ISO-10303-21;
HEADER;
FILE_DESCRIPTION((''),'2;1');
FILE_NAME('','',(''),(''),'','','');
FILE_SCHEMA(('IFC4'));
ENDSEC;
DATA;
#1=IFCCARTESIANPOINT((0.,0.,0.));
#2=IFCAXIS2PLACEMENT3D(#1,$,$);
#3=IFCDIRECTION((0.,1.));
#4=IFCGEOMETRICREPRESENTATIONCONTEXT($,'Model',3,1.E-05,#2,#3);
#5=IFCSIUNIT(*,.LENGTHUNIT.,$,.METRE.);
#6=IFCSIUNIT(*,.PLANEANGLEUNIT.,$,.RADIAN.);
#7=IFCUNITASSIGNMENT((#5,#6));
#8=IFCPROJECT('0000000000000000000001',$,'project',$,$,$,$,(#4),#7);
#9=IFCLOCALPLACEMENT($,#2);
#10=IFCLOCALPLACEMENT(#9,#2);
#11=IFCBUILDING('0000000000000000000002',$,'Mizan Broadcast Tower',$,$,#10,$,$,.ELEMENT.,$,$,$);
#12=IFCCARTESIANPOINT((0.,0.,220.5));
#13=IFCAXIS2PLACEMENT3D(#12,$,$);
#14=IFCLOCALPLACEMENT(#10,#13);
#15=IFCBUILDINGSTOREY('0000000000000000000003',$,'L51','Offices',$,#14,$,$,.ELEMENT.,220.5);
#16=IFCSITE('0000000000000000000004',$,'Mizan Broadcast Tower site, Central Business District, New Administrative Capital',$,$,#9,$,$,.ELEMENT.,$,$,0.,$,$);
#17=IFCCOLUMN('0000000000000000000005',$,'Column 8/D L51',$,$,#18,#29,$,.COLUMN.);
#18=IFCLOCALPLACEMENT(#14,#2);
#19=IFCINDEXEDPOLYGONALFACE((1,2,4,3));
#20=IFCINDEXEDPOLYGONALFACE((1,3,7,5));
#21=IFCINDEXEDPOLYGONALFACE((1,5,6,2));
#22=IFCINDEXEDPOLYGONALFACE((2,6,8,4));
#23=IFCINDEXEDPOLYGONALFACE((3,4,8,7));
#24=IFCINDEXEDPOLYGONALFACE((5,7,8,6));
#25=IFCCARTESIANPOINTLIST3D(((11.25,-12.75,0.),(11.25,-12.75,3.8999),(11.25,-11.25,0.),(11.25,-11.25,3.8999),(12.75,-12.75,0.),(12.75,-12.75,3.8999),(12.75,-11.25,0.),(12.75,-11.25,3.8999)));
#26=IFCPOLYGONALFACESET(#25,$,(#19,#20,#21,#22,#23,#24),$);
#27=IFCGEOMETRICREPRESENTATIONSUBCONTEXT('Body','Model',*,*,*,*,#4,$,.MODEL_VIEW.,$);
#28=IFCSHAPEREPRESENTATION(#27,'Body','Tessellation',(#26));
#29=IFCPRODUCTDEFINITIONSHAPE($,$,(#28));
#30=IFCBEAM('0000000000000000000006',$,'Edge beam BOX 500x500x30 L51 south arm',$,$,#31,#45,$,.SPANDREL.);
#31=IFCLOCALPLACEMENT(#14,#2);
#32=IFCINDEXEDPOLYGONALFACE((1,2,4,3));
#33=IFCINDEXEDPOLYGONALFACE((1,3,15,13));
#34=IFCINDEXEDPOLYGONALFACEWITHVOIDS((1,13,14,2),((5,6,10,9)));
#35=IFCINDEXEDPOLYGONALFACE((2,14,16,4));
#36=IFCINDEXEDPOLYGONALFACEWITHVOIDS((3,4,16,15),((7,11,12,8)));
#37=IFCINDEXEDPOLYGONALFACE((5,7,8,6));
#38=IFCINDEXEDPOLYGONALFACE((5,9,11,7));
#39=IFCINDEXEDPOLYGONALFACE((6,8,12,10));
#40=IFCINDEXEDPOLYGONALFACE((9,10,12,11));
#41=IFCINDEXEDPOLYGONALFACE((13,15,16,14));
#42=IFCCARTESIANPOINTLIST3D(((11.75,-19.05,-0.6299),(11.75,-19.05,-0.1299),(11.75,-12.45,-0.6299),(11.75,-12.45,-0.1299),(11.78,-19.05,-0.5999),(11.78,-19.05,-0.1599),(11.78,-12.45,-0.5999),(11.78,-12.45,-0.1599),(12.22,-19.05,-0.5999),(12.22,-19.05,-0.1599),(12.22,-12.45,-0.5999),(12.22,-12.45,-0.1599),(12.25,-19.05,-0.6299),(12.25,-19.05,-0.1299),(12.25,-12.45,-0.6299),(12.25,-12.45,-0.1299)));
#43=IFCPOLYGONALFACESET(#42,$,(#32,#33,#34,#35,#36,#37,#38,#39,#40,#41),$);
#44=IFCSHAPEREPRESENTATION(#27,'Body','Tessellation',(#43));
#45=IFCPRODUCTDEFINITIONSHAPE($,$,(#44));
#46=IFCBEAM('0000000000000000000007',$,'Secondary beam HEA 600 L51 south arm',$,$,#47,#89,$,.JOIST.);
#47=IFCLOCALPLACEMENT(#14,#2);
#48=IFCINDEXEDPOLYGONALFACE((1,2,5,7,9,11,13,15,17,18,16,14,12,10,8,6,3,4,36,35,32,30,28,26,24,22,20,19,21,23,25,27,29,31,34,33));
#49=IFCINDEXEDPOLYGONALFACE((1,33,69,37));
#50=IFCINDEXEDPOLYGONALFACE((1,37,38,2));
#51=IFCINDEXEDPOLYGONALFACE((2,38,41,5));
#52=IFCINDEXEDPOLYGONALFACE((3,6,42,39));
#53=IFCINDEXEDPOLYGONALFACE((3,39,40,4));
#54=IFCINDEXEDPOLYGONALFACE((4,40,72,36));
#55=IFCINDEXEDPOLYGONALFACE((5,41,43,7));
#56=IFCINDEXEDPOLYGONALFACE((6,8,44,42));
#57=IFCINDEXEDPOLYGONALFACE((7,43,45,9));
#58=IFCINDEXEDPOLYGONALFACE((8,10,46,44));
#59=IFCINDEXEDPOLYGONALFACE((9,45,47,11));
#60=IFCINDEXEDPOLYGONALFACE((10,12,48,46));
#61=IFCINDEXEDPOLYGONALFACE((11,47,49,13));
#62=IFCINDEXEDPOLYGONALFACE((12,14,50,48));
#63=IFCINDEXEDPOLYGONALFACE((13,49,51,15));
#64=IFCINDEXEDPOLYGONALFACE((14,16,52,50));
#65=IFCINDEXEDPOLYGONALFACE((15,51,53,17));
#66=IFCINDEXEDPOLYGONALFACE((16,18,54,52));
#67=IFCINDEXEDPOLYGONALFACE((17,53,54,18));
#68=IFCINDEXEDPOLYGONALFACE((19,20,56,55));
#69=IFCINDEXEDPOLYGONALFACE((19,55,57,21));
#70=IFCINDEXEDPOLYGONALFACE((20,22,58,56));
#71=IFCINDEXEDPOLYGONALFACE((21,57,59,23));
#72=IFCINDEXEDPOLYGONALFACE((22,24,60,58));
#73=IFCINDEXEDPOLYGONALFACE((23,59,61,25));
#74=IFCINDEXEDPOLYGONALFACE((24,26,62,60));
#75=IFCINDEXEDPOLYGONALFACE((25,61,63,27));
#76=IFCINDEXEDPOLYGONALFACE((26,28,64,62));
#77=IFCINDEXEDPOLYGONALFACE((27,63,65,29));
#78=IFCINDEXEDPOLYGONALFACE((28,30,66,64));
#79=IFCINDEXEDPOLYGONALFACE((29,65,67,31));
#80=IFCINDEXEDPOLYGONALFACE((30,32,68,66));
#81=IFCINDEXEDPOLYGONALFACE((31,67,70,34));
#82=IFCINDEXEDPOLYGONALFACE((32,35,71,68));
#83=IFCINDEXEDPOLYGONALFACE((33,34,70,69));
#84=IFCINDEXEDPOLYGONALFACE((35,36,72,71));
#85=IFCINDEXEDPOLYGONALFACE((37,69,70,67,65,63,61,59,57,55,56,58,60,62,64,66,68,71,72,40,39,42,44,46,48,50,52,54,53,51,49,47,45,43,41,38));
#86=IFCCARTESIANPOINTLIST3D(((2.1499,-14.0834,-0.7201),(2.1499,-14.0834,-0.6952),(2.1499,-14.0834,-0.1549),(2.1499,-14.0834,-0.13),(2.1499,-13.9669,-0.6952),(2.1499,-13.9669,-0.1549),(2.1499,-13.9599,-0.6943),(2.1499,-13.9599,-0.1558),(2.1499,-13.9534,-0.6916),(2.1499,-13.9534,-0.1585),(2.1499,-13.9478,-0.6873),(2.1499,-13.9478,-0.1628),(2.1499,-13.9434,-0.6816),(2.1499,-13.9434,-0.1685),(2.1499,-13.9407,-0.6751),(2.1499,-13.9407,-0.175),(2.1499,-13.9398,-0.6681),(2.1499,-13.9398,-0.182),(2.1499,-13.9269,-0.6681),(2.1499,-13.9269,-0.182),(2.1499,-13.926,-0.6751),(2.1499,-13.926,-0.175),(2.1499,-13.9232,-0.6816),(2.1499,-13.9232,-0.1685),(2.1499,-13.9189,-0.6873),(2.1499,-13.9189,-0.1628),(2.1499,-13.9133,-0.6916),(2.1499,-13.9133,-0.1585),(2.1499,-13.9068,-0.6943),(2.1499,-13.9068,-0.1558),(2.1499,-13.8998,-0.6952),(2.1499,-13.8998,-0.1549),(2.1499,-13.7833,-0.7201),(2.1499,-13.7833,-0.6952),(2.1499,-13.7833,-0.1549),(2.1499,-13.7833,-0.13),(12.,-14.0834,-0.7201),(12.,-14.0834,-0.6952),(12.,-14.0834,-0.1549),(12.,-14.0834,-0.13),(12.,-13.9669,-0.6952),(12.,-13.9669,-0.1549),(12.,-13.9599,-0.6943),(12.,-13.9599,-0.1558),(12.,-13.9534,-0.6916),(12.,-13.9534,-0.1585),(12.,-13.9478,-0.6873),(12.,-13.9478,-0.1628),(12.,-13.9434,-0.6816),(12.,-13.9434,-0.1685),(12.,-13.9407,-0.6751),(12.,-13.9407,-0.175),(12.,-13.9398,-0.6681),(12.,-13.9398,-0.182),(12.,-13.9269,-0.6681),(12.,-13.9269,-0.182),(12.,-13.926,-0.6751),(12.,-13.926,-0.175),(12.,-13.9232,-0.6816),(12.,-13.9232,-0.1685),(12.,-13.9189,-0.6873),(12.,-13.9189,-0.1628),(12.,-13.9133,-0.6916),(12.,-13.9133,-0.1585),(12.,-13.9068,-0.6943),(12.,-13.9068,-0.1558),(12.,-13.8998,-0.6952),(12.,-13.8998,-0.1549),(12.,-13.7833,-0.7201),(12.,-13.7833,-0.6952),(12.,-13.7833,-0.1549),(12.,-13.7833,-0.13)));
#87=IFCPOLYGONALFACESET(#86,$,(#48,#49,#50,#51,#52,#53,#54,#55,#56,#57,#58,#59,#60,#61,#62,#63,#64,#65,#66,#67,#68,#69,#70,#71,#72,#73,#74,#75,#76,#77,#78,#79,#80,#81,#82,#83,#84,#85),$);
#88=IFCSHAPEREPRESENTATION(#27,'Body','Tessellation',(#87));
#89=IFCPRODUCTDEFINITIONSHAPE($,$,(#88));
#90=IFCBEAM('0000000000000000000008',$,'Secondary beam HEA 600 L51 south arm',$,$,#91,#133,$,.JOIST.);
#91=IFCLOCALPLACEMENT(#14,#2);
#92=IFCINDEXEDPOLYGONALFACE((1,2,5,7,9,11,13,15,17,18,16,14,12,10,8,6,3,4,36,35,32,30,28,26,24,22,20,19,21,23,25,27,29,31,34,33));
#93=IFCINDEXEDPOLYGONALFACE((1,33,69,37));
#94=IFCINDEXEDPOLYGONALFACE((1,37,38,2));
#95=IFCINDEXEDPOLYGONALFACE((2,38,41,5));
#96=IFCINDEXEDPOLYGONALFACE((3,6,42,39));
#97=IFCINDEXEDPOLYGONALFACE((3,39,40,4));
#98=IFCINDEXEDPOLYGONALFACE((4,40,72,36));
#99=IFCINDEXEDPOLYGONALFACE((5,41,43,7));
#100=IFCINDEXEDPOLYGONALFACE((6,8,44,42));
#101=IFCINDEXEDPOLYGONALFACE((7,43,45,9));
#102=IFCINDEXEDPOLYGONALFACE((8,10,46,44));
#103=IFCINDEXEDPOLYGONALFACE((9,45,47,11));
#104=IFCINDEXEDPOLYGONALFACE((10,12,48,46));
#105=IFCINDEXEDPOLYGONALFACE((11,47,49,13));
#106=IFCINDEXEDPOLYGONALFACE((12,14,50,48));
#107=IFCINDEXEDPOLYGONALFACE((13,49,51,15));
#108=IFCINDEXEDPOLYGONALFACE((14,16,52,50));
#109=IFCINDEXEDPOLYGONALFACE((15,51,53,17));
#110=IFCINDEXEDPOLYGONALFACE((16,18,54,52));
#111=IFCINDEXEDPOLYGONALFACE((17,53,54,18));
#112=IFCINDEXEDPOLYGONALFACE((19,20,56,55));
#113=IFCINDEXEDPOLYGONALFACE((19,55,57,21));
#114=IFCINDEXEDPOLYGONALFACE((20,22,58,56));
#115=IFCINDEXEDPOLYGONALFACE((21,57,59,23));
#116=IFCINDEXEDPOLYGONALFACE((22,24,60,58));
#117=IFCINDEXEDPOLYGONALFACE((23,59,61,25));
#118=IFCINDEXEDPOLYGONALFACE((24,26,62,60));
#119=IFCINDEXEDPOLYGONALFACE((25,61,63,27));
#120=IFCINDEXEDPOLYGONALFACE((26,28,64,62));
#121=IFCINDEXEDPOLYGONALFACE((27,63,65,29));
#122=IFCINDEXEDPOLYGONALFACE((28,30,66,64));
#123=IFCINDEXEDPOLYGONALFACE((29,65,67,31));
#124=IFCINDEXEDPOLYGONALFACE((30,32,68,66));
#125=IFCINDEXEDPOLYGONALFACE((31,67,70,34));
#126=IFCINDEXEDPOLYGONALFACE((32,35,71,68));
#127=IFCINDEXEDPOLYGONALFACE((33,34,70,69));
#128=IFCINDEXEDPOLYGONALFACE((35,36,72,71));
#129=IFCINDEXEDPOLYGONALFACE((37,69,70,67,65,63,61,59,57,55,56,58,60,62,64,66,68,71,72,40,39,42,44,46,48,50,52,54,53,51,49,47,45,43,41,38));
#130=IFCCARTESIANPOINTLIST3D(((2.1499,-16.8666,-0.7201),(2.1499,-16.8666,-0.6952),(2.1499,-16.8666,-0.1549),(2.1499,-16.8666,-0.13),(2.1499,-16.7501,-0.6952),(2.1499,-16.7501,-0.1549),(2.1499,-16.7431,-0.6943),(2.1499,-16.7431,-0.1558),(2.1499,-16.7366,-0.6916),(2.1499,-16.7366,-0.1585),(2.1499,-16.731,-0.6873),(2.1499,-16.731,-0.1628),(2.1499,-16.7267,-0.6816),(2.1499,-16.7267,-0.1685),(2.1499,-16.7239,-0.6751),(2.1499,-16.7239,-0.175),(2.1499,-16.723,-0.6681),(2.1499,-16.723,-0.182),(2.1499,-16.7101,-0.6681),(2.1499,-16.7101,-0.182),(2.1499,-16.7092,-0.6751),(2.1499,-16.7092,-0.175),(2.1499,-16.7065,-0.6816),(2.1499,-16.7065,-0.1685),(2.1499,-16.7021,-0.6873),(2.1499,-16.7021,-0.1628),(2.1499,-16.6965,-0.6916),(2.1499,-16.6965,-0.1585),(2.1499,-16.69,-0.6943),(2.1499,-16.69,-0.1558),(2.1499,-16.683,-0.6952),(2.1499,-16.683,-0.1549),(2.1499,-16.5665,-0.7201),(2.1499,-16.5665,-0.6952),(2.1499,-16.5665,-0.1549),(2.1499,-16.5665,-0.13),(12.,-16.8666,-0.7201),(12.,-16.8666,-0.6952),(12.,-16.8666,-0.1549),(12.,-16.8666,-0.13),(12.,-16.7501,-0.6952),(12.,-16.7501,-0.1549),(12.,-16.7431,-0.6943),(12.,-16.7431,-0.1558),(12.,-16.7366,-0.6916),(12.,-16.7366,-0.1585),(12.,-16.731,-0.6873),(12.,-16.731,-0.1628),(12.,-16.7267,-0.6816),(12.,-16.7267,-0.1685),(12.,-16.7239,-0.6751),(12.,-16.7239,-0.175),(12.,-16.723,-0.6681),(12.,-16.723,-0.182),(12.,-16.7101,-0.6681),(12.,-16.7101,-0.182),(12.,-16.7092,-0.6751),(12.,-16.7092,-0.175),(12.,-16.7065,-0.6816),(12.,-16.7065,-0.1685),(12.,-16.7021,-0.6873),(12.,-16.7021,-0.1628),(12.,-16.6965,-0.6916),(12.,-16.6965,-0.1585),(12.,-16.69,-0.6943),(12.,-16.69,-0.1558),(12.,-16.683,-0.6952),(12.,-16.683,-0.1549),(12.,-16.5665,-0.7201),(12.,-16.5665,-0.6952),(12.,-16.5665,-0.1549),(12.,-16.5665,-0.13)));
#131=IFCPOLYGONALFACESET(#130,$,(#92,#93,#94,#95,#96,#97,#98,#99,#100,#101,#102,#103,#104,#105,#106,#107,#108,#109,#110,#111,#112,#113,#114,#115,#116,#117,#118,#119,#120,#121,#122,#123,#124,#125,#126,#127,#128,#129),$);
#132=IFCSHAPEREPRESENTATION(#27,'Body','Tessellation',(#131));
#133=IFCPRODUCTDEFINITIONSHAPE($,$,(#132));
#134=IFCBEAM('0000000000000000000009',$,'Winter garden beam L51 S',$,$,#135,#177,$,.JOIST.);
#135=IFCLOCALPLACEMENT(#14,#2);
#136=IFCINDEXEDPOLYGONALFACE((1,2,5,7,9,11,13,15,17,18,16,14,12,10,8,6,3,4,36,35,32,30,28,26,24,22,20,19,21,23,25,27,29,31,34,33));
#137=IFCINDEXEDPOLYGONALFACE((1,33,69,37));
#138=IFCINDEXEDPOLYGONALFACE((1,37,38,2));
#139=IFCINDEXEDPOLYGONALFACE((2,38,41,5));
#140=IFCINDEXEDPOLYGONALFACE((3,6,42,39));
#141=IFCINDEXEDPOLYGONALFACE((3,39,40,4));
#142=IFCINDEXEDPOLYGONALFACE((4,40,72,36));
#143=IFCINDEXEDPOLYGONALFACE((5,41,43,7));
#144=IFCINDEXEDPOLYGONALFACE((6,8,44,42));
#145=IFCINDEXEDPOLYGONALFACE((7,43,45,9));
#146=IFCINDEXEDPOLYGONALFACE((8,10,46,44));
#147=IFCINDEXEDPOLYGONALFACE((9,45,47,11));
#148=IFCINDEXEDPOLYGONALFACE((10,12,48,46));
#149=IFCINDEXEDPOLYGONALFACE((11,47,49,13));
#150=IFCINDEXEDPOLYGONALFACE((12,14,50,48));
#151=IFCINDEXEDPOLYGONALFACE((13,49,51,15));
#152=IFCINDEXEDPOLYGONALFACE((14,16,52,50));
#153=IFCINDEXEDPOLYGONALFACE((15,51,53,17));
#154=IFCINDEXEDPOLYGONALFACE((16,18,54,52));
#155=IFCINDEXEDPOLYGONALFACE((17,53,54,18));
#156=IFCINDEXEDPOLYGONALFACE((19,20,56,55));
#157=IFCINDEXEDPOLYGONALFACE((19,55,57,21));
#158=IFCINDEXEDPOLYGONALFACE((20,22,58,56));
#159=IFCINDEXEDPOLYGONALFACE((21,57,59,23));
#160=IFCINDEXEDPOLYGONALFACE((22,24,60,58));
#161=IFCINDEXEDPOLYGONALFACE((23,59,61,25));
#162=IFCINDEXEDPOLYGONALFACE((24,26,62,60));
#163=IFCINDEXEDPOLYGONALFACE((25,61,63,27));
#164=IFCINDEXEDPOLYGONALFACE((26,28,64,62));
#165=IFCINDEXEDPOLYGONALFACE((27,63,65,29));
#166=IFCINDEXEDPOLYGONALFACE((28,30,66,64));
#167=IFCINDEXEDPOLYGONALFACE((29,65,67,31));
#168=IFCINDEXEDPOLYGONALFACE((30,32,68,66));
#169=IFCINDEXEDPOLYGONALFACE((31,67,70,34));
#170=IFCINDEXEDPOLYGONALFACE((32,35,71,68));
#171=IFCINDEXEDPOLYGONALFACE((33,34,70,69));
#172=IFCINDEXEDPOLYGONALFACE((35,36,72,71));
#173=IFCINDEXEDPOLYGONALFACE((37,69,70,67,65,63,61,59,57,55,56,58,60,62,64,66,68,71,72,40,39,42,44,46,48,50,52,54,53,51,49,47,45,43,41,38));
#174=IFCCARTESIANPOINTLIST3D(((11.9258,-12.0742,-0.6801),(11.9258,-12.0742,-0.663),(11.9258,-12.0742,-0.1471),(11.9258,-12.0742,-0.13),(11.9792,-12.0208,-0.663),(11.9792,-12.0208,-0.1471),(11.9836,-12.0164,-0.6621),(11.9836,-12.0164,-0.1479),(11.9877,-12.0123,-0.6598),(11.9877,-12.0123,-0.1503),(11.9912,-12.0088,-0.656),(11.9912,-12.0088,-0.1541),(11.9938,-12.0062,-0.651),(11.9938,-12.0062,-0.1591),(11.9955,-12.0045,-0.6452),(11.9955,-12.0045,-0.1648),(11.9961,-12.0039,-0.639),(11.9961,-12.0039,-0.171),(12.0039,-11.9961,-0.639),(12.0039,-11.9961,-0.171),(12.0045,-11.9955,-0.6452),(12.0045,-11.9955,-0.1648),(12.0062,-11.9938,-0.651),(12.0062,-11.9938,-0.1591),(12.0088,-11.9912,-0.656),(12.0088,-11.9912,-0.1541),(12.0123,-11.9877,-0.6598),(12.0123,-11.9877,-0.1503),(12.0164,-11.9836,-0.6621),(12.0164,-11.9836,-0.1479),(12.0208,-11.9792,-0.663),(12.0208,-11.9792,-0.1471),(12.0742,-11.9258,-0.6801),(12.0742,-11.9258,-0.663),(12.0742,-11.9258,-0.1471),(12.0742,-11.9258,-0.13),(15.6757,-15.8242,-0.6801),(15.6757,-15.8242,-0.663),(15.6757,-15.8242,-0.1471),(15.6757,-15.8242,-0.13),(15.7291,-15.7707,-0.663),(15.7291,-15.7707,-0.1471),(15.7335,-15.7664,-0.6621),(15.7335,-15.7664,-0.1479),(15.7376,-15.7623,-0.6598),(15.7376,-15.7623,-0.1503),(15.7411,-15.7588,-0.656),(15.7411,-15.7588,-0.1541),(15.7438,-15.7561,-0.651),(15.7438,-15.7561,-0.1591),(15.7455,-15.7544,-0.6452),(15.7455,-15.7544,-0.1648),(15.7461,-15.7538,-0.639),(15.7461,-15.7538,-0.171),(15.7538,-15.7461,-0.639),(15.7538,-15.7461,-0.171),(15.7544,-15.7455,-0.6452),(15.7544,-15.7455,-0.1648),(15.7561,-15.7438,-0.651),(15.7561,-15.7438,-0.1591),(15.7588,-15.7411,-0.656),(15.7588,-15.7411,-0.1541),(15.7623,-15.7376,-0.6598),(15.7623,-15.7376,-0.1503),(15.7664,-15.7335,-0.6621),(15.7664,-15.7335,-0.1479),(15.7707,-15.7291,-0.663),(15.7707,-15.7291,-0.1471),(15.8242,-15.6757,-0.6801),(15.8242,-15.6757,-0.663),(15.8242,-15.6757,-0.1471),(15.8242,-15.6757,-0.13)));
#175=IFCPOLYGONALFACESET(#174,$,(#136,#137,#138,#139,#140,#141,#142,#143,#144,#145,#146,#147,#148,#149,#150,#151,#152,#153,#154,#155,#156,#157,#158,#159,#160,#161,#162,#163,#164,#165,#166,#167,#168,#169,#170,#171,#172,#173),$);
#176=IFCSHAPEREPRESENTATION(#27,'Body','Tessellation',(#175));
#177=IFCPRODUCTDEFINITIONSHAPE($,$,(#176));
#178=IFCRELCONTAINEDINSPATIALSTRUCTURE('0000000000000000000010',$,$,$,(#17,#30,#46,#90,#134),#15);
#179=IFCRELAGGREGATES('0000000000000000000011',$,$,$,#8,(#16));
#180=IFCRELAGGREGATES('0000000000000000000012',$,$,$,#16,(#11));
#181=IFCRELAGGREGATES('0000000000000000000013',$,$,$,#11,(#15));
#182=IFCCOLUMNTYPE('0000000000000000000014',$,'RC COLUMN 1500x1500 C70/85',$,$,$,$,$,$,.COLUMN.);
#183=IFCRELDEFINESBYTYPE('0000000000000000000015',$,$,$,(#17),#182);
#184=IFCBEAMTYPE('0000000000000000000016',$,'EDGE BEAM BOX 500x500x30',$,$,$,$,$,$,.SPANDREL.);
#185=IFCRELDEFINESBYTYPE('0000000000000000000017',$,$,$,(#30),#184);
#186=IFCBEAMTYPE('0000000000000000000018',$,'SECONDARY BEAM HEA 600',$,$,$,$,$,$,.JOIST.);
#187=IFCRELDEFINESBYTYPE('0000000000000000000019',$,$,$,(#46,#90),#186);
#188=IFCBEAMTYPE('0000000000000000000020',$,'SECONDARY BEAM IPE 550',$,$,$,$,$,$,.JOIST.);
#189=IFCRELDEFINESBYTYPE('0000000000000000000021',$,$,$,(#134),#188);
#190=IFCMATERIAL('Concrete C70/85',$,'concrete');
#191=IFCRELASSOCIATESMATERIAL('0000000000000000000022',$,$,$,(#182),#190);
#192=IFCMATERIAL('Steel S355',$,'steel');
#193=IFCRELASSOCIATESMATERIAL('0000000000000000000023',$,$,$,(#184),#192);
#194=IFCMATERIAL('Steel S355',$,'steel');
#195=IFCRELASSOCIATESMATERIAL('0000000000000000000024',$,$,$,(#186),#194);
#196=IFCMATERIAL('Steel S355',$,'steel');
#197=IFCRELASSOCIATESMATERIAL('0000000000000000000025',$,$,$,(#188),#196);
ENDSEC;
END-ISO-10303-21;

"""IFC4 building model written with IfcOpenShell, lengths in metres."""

from ifc_helpers import new_model, si_unit, direction, frame, origin, origin_2d, place, context, subcontext, project, spatial, rectangle, hollow_rectangle, i_section, extrude, material, material_profile, profile_set, type_object, element, save


model = new_model("IFC4")

# Units and contexts
model_context = context("Model", 3, precision=1e-05, world=origin(), true_north=direction((0.0, 1.0)))
body_context = subcontext(model_context, "Body", "Model", "MODEL_VIEW")
ifc_project = project(units=[si_unit("LENGTHUNIT", "METRE"), si_unit("PLANEANGLEUNIT", "RADIAN")], contexts=[model_context])

# Site, building, storey
site_placement = place(None, origin())
site = spatial("IfcSite", under=ifc_project, at=site_placement, Name="Mizan Broadcast Tower site, Central Business District, New Administrative Capital", CompositionType="ELEMENT", RefElevation=0.0)
building_placement = place(site_placement, origin())
building = spatial("IfcBuilding", under=site, at=building_placement, Name="Mizan Broadcast Tower", CompositionType="ELEMENT")
storey_placement = place(building_placement, frame((0.0, 0.0, 220.5)))
storey = spatial("IfcBuildingStorey", under=building, at=storey_placement, Name="L51", Description="Offices", CompositionType="ELEMENT", Elevation=220.5)

# Column
ifc_material_1 = material(Name="Concrete C70/85", Category="concrete")
ifc_material_profile_1 = material_profile(ifc_material_1, rectangle(XDim=1.5, YDim=1.5, at=origin_2d()), Name="RC 1500x1500")
ifc_profile_set_1 = profile_set([ifc_material_profile_1], Name="Concrete C70/85")
column_type = type_object("IfcColumnType", Name="RC COLUMN 1500x1500 C70/85", PredefinedType="COLUMN", material=ifc_profile_set_1)
column_placement = place(storey_placement, frame((12.0, -12.0, 0.0), z_axis=(0.0, 0.0, 1.0), x_axis=(1.0, 0.0, 0.0)))
element("IfcColumn", 1, at=column_placement, inside=storey, type_object=column_type, Name="Column 8/D L51", PredefinedType="COLUMN", context=body_context, shape_type="SweptSolid", body=[
    extrude(rectangle(XDim=1.5, YDim=1.5, at=origin_2d()), origin(), (0.0, 0.0, 1.0), 3.8999),
])

# Beams
ifc_material_2 = material(Name="Steel S355", Category="steel")
ifc_material_profile_2 = material_profile(ifc_material_2, hollow_rectangle(XDim=0.5, YDim=0.5, WallThickness=0.03, at=origin_2d()), Name="BOX 500x500x30")
ifc_profile_set_2 = profile_set([ifc_material_profile_2], Name="Steel S355")
beam_type_1 = type_object("IfcBeamType", Name="EDGE BEAM BOX 500x500x30", PredefinedType="SPANDREL", material=ifc_profile_set_2)
beam_1_placement = place(storey_placement, frame((12.0, -12.45, -0.3799), z_axis=(0.0, -1.0, 0.0), x_axis=(1.0, 0.0, 0.0)))
element("IfcBeam", 2, at=beam_1_placement, inside=storey, type_object=beam_type_1, Name="Edge beam BOX 500x500x30 L51 south arm", PredefinedType="SPANDREL", context=body_context, shape_type="SweptSolid", body=[
    extrude(hollow_rectangle(XDim=0.5, YDim=0.5, WallThickness=0.03, at=origin_2d()), origin(), (0.0, 0.0, 1.0), 6.6001),
])
ifc_material_3 = material(Name="Steel S355", Category="steel")
ifc_material_profile_3 = material_profile(ifc_material_3, i_section(OverallWidth=0.3, OverallDepth=0.5901, WebThickness=0.0129, FlangeThickness=0.0249, FilletRadius=0.0271, at=origin_2d()), Name="HEA 600")
ifc_profile_set_3 = profile_set([ifc_material_profile_3], Name="Steel S355")
beam_type_2 = type_object("IfcBeamType", Name="SECONDARY BEAM HEA 600", PredefinedType="JOIST", material=ifc_profile_set_3)
for number, where, z_axis, x_axis, name in (
    (3, (12.0, -13.9333, -0.425), (-1.0, 0.0, 0.0), (0.0, -1.0, 0.0), "Secondary beam HEA 600 L51 south arm"),
    (4, (12.0, -16.7166, -0.425), (-1.0, 0.0, 0.0), (0.0, -1.0, 0.0), "Secondary beam HEA 600 L51 south arm"),
):
    element("IfcBeam", number, at=place(storey_placement, frame(where, z_axis=z_axis, x_axis=x_axis)), inside=storey, type_object=beam_type_2, Name=name, PredefinedType="JOIST", context=body_context, shape_type="SweptSolid", body=[
        extrude(i_section(OverallWidth=0.3, OverallDepth=0.5901, WebThickness=0.0129, FlangeThickness=0.0249, FilletRadius=0.0271, at=origin_2d()), origin(), (0.0, 0.0, 1.0), 9.8501),
    ])
ifc_material_4 = material(Name="Steel S355", Category="steel")
ifc_material_profile_4 = material_profile(ifc_material_4, i_section(OverallWidth=0.21, OverallDepth=0.55, WebThickness=0.011, FlangeThickness=0.0171, FilletRadius=0.0239, at=origin_2d()), Name="IPE 550")
ifc_profile_set_4 = profile_set([ifc_material_profile_4], Name="Steel S355")
beam_type_3 = type_object("IfcBeamType", Name="SECONDARY BEAM IPE 550", PredefinedType="JOIST", material=ifc_profile_set_4)
beam_2_placement = place(storey_placement, frame((12.0, -12.0, -0.405), z_axis=(0.707107, -0.707107, 0.0), x_axis=(0.707107, 0.707107, 0.0)))
element("IfcBeam", 5, at=beam_2_placement, inside=storey, type_object=beam_type_3, Name="Winter garden beam L51 S", PredefinedType="JOIST", context=body_context, shape_type="SweptSolid", body=[
    extrude(i_section(OverallWidth=0.21, OverallDepth=0.55, WebThickness=0.011, FlangeThickness=0.0171, FilletRadius=0.0239, at=origin_2d()), origin(), (0.0, 0.0, 1.0), 5.3032),
])

save(model, "model.ifc")
